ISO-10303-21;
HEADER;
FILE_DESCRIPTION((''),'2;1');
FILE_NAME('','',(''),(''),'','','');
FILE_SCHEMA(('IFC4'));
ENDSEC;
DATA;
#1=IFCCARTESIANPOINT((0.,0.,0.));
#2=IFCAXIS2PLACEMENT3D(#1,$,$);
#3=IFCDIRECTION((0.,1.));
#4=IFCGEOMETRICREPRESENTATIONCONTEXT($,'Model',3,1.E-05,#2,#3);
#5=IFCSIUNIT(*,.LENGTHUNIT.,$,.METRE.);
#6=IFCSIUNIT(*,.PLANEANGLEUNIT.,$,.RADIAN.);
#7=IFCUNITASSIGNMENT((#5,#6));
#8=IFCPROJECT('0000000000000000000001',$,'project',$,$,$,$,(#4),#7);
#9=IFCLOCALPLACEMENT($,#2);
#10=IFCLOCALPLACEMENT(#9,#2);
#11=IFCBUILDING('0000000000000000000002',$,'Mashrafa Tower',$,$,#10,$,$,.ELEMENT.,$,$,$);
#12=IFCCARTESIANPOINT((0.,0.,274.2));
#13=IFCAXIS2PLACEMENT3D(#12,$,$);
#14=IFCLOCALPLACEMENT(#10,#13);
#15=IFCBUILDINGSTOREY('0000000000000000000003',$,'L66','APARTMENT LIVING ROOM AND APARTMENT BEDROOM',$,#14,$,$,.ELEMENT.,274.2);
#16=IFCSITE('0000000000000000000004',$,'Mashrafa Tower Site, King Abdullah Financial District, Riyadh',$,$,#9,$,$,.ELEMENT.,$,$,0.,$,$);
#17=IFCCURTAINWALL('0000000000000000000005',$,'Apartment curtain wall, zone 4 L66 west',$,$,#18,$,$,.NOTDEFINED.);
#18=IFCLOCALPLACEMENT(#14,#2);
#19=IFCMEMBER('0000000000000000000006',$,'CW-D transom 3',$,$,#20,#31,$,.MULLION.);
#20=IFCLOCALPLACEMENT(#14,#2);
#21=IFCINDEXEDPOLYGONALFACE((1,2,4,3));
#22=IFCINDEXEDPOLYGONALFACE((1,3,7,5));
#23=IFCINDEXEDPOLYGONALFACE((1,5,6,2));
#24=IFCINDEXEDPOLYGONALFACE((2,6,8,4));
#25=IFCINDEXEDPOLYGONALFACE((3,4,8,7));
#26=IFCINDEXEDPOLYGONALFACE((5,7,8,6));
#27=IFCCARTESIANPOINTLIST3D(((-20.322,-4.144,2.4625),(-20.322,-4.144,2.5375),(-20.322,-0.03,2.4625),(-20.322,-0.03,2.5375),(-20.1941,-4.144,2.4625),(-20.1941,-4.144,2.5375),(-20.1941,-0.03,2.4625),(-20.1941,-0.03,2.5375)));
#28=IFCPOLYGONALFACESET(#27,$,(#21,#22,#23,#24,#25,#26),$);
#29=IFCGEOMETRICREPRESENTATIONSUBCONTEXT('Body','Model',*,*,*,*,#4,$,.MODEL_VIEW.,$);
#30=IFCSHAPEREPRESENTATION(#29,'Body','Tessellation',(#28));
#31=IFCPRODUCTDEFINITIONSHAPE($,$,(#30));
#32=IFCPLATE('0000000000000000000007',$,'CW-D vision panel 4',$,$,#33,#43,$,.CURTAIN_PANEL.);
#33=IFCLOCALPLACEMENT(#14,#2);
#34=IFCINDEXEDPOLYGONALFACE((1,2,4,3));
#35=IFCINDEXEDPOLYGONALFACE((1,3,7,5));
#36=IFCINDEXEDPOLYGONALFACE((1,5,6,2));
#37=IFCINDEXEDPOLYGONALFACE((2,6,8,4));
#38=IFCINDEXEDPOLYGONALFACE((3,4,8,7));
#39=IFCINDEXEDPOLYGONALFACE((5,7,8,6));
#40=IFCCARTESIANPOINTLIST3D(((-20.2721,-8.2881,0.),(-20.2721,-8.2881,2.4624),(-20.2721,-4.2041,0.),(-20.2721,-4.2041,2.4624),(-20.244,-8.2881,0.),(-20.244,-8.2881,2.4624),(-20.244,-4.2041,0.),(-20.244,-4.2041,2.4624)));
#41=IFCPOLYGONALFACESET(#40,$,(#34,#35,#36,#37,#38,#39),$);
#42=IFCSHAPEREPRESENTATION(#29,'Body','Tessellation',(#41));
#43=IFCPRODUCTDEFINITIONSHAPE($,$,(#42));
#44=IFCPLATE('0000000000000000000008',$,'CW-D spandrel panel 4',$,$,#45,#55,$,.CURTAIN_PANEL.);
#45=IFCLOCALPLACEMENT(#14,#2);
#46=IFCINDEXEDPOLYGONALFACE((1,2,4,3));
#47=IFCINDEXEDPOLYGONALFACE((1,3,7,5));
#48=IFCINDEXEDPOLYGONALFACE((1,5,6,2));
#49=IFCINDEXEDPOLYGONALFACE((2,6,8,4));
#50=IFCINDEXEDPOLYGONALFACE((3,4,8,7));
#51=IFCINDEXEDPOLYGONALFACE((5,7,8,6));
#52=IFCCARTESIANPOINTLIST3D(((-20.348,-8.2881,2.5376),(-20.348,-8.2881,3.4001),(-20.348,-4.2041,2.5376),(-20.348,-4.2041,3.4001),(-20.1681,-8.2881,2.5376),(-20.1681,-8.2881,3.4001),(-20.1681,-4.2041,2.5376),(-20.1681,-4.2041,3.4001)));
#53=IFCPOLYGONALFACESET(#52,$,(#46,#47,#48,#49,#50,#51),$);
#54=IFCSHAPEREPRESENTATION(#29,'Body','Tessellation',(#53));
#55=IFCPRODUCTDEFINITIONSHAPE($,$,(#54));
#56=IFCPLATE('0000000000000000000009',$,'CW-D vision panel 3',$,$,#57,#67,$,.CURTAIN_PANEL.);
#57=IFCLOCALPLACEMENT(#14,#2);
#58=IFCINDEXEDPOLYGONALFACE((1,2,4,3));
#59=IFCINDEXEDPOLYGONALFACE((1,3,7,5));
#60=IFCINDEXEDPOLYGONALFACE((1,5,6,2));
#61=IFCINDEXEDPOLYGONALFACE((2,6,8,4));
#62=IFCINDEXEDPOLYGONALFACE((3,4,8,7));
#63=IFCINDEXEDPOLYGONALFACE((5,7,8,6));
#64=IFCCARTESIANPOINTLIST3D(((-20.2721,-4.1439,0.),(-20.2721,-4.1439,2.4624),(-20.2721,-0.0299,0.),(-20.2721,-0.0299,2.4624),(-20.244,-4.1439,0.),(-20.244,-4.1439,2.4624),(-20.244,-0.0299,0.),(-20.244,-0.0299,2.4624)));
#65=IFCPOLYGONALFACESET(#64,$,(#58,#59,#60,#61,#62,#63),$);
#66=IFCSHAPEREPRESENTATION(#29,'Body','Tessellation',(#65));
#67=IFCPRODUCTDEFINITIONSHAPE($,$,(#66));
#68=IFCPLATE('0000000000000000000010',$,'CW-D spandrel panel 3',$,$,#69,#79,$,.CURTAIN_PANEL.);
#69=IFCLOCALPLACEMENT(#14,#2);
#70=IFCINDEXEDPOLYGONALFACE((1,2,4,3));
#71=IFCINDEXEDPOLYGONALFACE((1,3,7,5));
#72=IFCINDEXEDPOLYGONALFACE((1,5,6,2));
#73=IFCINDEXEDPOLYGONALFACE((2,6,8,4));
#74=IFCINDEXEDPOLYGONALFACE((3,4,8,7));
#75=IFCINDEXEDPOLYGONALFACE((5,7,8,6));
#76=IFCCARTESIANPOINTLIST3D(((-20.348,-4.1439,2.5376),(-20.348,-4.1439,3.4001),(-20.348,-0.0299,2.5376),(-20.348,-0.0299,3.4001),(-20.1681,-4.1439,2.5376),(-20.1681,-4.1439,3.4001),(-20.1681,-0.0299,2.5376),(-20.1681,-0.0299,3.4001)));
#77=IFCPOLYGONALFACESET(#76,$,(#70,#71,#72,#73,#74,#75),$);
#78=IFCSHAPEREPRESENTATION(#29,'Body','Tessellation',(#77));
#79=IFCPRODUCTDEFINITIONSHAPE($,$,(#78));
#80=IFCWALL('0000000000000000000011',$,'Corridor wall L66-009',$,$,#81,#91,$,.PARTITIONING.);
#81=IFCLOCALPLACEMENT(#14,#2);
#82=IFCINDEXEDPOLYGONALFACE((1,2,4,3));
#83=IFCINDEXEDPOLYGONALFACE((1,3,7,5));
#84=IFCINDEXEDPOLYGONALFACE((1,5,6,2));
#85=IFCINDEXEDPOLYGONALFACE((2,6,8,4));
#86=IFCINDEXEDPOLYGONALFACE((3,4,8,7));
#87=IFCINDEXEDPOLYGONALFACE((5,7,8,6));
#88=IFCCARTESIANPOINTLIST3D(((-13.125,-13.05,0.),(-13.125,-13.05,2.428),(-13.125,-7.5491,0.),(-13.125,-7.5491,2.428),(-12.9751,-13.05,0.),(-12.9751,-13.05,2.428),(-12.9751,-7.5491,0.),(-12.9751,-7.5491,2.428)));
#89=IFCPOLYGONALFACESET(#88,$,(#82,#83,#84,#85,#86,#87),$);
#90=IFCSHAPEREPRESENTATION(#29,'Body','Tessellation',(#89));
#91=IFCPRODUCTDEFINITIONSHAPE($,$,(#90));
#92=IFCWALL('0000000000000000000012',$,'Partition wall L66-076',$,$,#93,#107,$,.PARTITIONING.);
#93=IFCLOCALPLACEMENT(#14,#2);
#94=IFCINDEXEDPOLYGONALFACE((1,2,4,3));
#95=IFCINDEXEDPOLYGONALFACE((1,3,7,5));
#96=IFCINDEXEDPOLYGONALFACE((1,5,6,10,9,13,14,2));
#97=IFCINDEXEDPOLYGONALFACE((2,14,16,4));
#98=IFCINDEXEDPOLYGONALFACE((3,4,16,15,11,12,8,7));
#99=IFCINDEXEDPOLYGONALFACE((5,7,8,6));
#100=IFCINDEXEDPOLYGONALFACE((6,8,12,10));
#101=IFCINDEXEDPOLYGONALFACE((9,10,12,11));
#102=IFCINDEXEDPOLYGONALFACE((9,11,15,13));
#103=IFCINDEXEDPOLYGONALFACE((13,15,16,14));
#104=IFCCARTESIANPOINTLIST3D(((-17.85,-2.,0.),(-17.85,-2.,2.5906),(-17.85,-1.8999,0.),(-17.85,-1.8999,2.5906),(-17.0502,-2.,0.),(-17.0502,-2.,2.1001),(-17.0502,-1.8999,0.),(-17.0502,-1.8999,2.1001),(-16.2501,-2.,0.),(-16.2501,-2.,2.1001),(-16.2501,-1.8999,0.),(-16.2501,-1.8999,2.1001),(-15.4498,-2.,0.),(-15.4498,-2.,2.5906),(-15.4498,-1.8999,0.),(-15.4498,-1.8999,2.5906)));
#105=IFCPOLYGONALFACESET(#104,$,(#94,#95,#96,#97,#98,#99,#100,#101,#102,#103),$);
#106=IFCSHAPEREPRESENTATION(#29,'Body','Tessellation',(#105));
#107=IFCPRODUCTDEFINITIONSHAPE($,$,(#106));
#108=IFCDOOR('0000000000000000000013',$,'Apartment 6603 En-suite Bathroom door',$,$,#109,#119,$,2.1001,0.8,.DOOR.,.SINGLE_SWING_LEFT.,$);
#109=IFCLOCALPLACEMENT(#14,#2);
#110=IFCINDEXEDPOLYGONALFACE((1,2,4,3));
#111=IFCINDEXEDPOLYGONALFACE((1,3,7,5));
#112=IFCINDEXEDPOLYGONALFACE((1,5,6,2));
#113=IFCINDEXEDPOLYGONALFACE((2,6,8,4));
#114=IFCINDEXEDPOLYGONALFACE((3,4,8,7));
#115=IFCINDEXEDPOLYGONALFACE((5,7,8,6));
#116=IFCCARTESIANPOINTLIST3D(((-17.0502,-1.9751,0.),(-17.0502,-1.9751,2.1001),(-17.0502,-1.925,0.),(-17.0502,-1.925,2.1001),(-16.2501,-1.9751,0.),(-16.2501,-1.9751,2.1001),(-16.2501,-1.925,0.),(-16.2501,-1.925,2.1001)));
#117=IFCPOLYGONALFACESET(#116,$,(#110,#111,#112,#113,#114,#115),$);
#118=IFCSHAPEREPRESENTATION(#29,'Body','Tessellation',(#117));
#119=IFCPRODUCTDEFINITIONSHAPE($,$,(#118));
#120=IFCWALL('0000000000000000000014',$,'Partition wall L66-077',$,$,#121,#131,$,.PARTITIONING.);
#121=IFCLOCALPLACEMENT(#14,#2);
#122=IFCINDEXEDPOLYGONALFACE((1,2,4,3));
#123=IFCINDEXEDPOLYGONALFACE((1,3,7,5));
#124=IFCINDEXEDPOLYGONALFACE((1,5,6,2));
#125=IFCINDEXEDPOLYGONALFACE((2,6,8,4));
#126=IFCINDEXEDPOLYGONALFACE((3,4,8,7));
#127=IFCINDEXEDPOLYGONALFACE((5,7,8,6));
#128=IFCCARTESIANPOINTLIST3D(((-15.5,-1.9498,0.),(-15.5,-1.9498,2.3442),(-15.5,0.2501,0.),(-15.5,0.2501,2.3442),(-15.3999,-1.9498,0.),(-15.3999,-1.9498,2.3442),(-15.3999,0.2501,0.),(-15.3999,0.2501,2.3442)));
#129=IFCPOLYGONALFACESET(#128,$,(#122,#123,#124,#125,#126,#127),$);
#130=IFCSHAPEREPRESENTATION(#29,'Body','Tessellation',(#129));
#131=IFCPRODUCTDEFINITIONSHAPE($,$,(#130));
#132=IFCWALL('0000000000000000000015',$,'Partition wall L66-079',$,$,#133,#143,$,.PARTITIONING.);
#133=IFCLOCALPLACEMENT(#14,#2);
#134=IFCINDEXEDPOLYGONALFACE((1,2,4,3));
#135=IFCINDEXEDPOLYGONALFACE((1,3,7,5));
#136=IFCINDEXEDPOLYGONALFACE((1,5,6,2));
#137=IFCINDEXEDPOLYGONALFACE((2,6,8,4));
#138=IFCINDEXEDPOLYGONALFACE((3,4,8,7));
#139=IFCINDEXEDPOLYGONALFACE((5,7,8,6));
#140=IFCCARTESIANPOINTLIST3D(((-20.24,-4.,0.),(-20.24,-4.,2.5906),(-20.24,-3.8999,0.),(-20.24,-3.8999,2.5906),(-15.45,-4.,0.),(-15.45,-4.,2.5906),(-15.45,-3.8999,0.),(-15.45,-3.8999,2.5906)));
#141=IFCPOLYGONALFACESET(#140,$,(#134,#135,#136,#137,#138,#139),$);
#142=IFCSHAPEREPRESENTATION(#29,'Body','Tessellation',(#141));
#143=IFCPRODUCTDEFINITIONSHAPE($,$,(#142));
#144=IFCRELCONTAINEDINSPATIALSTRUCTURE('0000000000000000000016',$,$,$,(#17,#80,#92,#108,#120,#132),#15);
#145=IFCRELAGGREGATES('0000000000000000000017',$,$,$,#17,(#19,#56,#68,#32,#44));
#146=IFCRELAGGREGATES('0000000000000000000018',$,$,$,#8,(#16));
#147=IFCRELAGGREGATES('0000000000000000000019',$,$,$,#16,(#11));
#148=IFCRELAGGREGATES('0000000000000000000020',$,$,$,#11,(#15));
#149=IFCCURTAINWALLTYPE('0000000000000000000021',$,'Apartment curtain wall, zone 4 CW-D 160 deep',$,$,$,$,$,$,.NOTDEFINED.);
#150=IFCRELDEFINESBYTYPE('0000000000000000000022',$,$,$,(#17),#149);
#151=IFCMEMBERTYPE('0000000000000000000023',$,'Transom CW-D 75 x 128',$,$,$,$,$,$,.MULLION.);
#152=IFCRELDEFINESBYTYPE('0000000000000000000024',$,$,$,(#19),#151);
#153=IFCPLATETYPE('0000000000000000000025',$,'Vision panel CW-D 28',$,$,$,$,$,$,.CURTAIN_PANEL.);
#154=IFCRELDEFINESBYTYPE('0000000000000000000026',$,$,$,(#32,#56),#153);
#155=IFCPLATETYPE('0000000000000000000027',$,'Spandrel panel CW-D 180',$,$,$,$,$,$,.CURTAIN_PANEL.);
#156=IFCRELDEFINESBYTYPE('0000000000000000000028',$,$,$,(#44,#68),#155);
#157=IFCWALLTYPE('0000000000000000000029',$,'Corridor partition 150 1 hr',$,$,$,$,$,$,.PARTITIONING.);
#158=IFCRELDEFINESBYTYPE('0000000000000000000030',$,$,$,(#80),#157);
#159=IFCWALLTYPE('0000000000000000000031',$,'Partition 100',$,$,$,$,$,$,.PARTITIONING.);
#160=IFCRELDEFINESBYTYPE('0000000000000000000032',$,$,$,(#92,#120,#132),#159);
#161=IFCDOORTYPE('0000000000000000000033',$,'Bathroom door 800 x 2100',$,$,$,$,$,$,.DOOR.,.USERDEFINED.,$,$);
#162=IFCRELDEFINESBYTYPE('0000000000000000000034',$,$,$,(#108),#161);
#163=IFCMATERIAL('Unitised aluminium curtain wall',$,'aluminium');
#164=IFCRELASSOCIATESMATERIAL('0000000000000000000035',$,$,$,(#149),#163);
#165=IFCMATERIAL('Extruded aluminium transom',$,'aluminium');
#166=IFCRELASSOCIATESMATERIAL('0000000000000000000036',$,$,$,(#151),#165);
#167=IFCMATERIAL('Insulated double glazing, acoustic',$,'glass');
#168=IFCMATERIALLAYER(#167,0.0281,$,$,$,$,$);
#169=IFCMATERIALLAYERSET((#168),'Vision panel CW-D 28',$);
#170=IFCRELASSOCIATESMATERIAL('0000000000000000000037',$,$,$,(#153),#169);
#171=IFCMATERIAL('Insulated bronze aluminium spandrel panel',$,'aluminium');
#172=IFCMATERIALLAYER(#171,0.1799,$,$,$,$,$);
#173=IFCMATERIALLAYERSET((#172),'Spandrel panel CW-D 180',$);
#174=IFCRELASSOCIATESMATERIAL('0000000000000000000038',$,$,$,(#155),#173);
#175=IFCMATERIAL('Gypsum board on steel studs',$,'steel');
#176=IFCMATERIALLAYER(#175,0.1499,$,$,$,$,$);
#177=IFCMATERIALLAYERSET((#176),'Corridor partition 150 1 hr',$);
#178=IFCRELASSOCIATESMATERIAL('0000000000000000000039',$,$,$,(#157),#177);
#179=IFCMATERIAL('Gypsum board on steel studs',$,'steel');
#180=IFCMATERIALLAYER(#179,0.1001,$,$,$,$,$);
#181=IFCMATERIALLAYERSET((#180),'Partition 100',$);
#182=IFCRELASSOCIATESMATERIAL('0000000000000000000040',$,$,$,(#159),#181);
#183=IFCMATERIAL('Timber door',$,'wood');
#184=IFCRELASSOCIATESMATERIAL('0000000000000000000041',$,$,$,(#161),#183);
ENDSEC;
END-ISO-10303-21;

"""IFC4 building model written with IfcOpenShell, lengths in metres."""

from ifc_helpers import new_model, si_unit, direction, frame, frame_2d, origin, origin_2d, place, context, subcontext, project, spatial, rectangle, extrude, source, transform, mapped, material, layer, layer_set, material_profile, profile_set, type_object, type_shapes, element, fill, aggregate, save


model = new_model("IFC4")

# Units and contexts
model_context = context("Model", 3, precision=1e-05, world=origin(), true_north=direction((0.0, 1.0)))
body_context = subcontext(model_context, "Body", "Model", "MODEL_VIEW")
ifc_project = project(units=[si_unit("LENGTHUNIT", "METRE"), si_unit("PLANEANGLEUNIT", "RADIAN")], contexts=[model_context])

# Site, building, storey
site_placement = place(None, origin())
site = spatial("IfcSite", under=ifc_project, at=site_placement, Name="Mashrafa Tower Site, King Abdullah Financial District, Riyadh", CompositionType="ELEMENT", RefElevation=0.0)
building_placement = place(site_placement, origin())
building = spatial("IfcBuilding", under=site, at=building_placement, Name="Mashrafa Tower", CompositionType="ELEMENT")
storey_placement = place(building_placement, frame((0.0, 0.0, 274.2)))
storey = spatial("IfcBuildingStorey", under=building, at=storey_placement, Name="L66", Description="APARTMENT LIVING ROOM AND APARTMENT BEDROOM", CompositionType="ELEMENT", Elevation=274.2)

# Curtain wall, member, plates
ifc_material_1 = material(Name="Unitised aluminium curtain wall", Category="aluminium")
curtain_wall_type = type_object("IfcCurtainWallType", Name="Apartment curtain wall, zone 4 CW-D 160 deep", PredefinedType="NOTDEFINED", material=ifc_material_1)
curtain_wall_placement = place(storey_placement, origin())
curtain_wall = element("IfcCurtainWall", 1, at=curtain_wall_placement, inside=storey, type_object=curtain_wall_type, Name="Apartment curtain wall, zone 4 L66 west", PredefinedType="NOTDEFINED")
ifc_material_2 = material(Name="Extruded aluminium transom", Category="aluminium")
ifc_material_profile_1 = material_profile(ifc_material_2, rectangle(XDim=0.1279, YDim=0.075, at=origin_2d()), Name="Transom 75x128")
ifc_profile_set_1 = profile_set([ifc_material_profile_1], Name="Extruded aluminium transom")
member_type_1 = type_object("IfcMemberType", Name="Transom CW-D 75 x 128", PredefinedType="MULLION", material=ifc_profile_set_1)
shared_shape_1 = source(origin(), body_context, "Body", "SweptSolid", [
    extrude(rectangle(XDim=0.1279, YDim=0.075, at=origin_2d()), origin(), (0.0, 0.0, 1.0), 4.114),
])
member_1_placement = place(storey_placement, frame((-20.2581, -0.03, 2.5), z_axis=(0.0, -1.0, 0.0), x_axis=(1.0, 0.0, 0.0)))
member_1 = element("IfcMember", 2, at=member_1_placement, type_object=member_type_1, Name="CW-D transom 3", PredefinedType="MULLION", context=body_context, shape_type="MappedRepresentation", body=[
    mapped(shared_shape_1, transform((0.0, 0.0, 0.0))),
])
ifc_material_3 = material(Name="Insulated double glazing, acoustic", Category="glass")
ifc_layer_1 = layer(ifc_material_3, 0.0281)
ifc_layer_set_1 = layer_set([ifc_layer_1], Name="Vision panel CW-D 28")
plate_type_1 = type_object("IfcPlateType", Name="Vision panel CW-D 28", PredefinedType="CURTAIN_PANEL", material=ifc_layer_set_1)
shared_shape_2 = source(origin(), body_context, "Body", "SweptSolid", [
    extrude(rectangle(XDim=4.084, YDim=0.0281, at=origin_2d()), origin(), (0.0, 0.0, 1.0), 2.4624),
])
plate_1_placement = place(storey_placement, frame((-20.2581, -6.2461, 0.0), z_axis=(0.0, 0.0, 1.0), x_axis=(0.0, -1.0, 0.0)))
plate_1 = element("IfcPlate", 3, at=plate_1_placement, type_object=plate_type_1, Name="CW-D vision panel 4", PredefinedType="CURTAIN_PANEL", context=body_context, shape_type="MappedRepresentation", body=[
    mapped(shared_shape_2, transform((0.0, 0.0, 0.0))),
])
ifc_material_4 = material(Name="Insulated bronze aluminium spandrel panel", Category="aluminium")
ifc_layer_2 = layer(ifc_material_4, 0.1799)
ifc_layer_set_2 = layer_set([ifc_layer_2], Name="Spandrel panel CW-D 180")
plate_type_2 = type_object("IfcPlateType", Name="Spandrel panel CW-D 180", PredefinedType="CURTAIN_PANEL", material=ifc_layer_set_2)
shared_shape_3 = source(origin(), body_context, "Body", "SweptSolid", [
    extrude(rectangle(XDim=4.084, YDim=0.1799, at=origin_2d()), origin(), (0.0, 0.0, 1.0), 0.8625),
])
plate_2_placement = place(storey_placement, frame((-20.2581, -6.2461, 2.5376), z_axis=(0.0, 0.0, 1.0), x_axis=(0.0, -1.0, 0.0)))
plate_2 = element("IfcPlate", 4, at=plate_2_placement, type_object=plate_type_2, Name="CW-D spandrel panel 4", PredefinedType="CURTAIN_PANEL", context=body_context, shape_type="MappedRepresentation", body=[
    mapped(shared_shape_3, transform((0.0, 0.0, 0.0))),
])
shared_shape_4 = source(origin(), body_context, "Body", "SweptSolid", [
    extrude(rectangle(XDim=4.114, YDim=0.0281, at=origin_2d()), origin(), (0.0, 0.0, 1.0), 2.4624),
])
type_shapes(plate_type_1, [shared_shape_2, shared_shape_4])
plate_3_placement = place(storey_placement, frame((-20.2581, -2.0869, 0.0), z_axis=(0.0, 0.0, 1.0), x_axis=(0.0, -1.0, 0.0)))
plate_3 = element("IfcPlate", 5, at=plate_3_placement, type_object=plate_type_1, Name="CW-D vision panel 3", PredefinedType="CURTAIN_PANEL", context=body_context, shape_type="MappedRepresentation", body=[
    mapped(shared_shape_4, transform((0.0, 0.0, 0.0))),
])
shared_shape_5 = source(origin(), body_context, "Body", "SweptSolid", [
    extrude(rectangle(XDim=4.114, YDim=0.1799, at=origin_2d()), origin(), (0.0, 0.0, 1.0), 0.8625),
])
type_shapes(plate_type_2, [shared_shape_3, shared_shape_5])
plate_4_placement = place(storey_placement, frame((-20.2581, -2.0869, 2.5376), z_axis=(0.0, 0.0, 1.0), x_axis=(0.0, -1.0, 0.0)))
plate_4 = element("IfcPlate", 6, at=plate_4_placement, type_object=plate_type_2, Name="CW-D spandrel panel 3", PredefinedType="CURTAIN_PANEL", context=body_context, shape_type="MappedRepresentation", body=[
    mapped(shared_shape_5, transform((0.0, 0.0, 0.0))),
])
aggregate(curtain_wall, [member_1, plate_3, plate_4, plate_1, plate_2])

# Wall
ifc_material_5 = material(Name="Gypsum board on steel studs", Category="steel")
ifc_layer_3 = layer(ifc_material_5, 0.1499)
ifc_layer_set_3 = layer_set([ifc_layer_3], Name="Corridor partition 150 1 hr")
wall_type_1 = type_object("IfcWallType", Name="Corridor partition 150 1 hr", PredefinedType="PARTITIONING", material=ifc_layer_set_3)
wall_1_placement = place(storey_placement, frame((-13.05, -7.5491, 0.0), z_axis=(0.0, 0.0, 1.0), x_axis=(0.0, -1.0, 0.0)))
element("IfcWall", 7, at=wall_1_placement, inside=storey, type_object=wall_type_1, Name="Corridor wall L66-009", PredefinedType="PARTITIONING", context=body_context, shape_type="SweptSolid", body=[
    extrude(rectangle(XDim=5.501, YDim=0.1499, at=frame_2d((2.7505, 0.0))), origin(), (0.0, 0.0, 1.0), 2.428),
])

# Wall, opening, door
ifc_material_6 = material(Name="Gypsum board on steel studs", Category="steel")
ifc_layer_4 = layer(ifc_material_6, 0.1001)
ifc_layer_set_4 = layer_set([ifc_layer_4], Name="Partition 100")
wall_type_2 = type_object("IfcWallType", Name="Partition 100", PredefinedType="PARTITIONING", material=ifc_layer_set_4)
wall_2_placement = place(storey_placement, frame((-17.8501, -1.95, 0.0), z_axis=(0.0, 0.0, 1.0), x_axis=(1.0, 0.0, 0.0)))
wall_2 = element("IfcWall", 8, at=wall_2_placement, inside=storey, type_object=wall_type_2, Name="Partition wall L66-076", PredefinedType="PARTITIONING", context=body_context, shape_type="SweptSolid", body=[
    extrude(rectangle(XDim=2.4001, YDim=0.1001, at=frame_2d((1.2002, 0.0))), origin(), (0.0, 0.0, 1.0), 2.5906),
])
opening_1_placement = place(wall_2_placement, frame((0.8, 0.0, 0.0)))
opening_1 = element("IfcOpeningElement", 9, at=opening_1_placement, cuts=wall_2, PredefinedType="OPENING", context=body_context, shape_type="SweptSolid", body=[
    extrude(rectangle(XDim=0.8, YDim=2.1001, at=frame_2d((0.3999, 1.05))), frame((0.0, 0.0601, 0.0), z_axis=(0.0, -1.0, 0.0), x_axis=(1.0, 0.0, 0.0)), (0.0, 0.0, 1.0), 0.1201),
])
ifc_material_7 = material(Name="Timber door", Category="wood")
door_type_1 = type_object("IfcDoorType", Name="Bathroom door 800 x 2100", OperationType="USERDEFINED", PredefinedType="DOOR", material=ifc_material_7)
door_1_placement = place(opening_1_placement, origin())
door_1 = element("IfcDoor", 10, at=door_1_placement, inside=storey, type_object=door_type_1, Name="Apartment 6603 En-suite Bathroom door", OperationType="SINGLE_SWING_LEFT", OverallHeight=2.1001, OverallWidth=0.8, PredefinedType="DOOR", context=body_context, shape_type="SweptSolid", body=[
    extrude(rectangle(XDim=0.8, YDim=2.1001, at=frame_2d((0.3999, 1.05))), frame((0.0, 0.0249, 0.0), z_axis=(0.0, -1.0, 0.0), x_axis=(1.0, 0.0, 0.0)), (0.0, 0.0, 1.0), 0.05),
])
fill(opening_1, door_1)

# Walls
wall_3_placement = place(storey_placement, frame((-15.45, -1.95, 0.0), z_axis=(0.0, 0.0, 1.0), x_axis=(0.0, 1.0, 0.0)))
element("IfcWall", 11, at=wall_3_placement, inside=storey, type_object=wall_type_2, Name="Partition wall L66-077", PredefinedType="PARTITIONING", context=body_context, shape_type="SweptSolid", body=[
    extrude(rectangle(XDim=2.2, YDim=0.1001, at=frame_2d((1.1001, 0.0))), origin(), (0.0, 0.0, 1.0), 2.3442),
])
wall_4_placement = place(storey_placement, frame((-20.24, -3.95, 0.0), z_axis=(0.0, 0.0, 1.0), x_axis=(1.0, 0.0, 0.0)))
element("IfcWall", 12, at=wall_4_placement, inside=storey, type_object=wall_type_2, Name="Partition wall L66-079", PredefinedType="PARTITIONING", context=body_context, shape_type="SweptSolid", body=[
    extrude(rectangle(XDim=4.79, YDim=0.1001, at=frame_2d((2.395, 0.0))), origin(), (0.0, 0.0, 1.0), 2.5906),
])

save(model, "model.ifc")
